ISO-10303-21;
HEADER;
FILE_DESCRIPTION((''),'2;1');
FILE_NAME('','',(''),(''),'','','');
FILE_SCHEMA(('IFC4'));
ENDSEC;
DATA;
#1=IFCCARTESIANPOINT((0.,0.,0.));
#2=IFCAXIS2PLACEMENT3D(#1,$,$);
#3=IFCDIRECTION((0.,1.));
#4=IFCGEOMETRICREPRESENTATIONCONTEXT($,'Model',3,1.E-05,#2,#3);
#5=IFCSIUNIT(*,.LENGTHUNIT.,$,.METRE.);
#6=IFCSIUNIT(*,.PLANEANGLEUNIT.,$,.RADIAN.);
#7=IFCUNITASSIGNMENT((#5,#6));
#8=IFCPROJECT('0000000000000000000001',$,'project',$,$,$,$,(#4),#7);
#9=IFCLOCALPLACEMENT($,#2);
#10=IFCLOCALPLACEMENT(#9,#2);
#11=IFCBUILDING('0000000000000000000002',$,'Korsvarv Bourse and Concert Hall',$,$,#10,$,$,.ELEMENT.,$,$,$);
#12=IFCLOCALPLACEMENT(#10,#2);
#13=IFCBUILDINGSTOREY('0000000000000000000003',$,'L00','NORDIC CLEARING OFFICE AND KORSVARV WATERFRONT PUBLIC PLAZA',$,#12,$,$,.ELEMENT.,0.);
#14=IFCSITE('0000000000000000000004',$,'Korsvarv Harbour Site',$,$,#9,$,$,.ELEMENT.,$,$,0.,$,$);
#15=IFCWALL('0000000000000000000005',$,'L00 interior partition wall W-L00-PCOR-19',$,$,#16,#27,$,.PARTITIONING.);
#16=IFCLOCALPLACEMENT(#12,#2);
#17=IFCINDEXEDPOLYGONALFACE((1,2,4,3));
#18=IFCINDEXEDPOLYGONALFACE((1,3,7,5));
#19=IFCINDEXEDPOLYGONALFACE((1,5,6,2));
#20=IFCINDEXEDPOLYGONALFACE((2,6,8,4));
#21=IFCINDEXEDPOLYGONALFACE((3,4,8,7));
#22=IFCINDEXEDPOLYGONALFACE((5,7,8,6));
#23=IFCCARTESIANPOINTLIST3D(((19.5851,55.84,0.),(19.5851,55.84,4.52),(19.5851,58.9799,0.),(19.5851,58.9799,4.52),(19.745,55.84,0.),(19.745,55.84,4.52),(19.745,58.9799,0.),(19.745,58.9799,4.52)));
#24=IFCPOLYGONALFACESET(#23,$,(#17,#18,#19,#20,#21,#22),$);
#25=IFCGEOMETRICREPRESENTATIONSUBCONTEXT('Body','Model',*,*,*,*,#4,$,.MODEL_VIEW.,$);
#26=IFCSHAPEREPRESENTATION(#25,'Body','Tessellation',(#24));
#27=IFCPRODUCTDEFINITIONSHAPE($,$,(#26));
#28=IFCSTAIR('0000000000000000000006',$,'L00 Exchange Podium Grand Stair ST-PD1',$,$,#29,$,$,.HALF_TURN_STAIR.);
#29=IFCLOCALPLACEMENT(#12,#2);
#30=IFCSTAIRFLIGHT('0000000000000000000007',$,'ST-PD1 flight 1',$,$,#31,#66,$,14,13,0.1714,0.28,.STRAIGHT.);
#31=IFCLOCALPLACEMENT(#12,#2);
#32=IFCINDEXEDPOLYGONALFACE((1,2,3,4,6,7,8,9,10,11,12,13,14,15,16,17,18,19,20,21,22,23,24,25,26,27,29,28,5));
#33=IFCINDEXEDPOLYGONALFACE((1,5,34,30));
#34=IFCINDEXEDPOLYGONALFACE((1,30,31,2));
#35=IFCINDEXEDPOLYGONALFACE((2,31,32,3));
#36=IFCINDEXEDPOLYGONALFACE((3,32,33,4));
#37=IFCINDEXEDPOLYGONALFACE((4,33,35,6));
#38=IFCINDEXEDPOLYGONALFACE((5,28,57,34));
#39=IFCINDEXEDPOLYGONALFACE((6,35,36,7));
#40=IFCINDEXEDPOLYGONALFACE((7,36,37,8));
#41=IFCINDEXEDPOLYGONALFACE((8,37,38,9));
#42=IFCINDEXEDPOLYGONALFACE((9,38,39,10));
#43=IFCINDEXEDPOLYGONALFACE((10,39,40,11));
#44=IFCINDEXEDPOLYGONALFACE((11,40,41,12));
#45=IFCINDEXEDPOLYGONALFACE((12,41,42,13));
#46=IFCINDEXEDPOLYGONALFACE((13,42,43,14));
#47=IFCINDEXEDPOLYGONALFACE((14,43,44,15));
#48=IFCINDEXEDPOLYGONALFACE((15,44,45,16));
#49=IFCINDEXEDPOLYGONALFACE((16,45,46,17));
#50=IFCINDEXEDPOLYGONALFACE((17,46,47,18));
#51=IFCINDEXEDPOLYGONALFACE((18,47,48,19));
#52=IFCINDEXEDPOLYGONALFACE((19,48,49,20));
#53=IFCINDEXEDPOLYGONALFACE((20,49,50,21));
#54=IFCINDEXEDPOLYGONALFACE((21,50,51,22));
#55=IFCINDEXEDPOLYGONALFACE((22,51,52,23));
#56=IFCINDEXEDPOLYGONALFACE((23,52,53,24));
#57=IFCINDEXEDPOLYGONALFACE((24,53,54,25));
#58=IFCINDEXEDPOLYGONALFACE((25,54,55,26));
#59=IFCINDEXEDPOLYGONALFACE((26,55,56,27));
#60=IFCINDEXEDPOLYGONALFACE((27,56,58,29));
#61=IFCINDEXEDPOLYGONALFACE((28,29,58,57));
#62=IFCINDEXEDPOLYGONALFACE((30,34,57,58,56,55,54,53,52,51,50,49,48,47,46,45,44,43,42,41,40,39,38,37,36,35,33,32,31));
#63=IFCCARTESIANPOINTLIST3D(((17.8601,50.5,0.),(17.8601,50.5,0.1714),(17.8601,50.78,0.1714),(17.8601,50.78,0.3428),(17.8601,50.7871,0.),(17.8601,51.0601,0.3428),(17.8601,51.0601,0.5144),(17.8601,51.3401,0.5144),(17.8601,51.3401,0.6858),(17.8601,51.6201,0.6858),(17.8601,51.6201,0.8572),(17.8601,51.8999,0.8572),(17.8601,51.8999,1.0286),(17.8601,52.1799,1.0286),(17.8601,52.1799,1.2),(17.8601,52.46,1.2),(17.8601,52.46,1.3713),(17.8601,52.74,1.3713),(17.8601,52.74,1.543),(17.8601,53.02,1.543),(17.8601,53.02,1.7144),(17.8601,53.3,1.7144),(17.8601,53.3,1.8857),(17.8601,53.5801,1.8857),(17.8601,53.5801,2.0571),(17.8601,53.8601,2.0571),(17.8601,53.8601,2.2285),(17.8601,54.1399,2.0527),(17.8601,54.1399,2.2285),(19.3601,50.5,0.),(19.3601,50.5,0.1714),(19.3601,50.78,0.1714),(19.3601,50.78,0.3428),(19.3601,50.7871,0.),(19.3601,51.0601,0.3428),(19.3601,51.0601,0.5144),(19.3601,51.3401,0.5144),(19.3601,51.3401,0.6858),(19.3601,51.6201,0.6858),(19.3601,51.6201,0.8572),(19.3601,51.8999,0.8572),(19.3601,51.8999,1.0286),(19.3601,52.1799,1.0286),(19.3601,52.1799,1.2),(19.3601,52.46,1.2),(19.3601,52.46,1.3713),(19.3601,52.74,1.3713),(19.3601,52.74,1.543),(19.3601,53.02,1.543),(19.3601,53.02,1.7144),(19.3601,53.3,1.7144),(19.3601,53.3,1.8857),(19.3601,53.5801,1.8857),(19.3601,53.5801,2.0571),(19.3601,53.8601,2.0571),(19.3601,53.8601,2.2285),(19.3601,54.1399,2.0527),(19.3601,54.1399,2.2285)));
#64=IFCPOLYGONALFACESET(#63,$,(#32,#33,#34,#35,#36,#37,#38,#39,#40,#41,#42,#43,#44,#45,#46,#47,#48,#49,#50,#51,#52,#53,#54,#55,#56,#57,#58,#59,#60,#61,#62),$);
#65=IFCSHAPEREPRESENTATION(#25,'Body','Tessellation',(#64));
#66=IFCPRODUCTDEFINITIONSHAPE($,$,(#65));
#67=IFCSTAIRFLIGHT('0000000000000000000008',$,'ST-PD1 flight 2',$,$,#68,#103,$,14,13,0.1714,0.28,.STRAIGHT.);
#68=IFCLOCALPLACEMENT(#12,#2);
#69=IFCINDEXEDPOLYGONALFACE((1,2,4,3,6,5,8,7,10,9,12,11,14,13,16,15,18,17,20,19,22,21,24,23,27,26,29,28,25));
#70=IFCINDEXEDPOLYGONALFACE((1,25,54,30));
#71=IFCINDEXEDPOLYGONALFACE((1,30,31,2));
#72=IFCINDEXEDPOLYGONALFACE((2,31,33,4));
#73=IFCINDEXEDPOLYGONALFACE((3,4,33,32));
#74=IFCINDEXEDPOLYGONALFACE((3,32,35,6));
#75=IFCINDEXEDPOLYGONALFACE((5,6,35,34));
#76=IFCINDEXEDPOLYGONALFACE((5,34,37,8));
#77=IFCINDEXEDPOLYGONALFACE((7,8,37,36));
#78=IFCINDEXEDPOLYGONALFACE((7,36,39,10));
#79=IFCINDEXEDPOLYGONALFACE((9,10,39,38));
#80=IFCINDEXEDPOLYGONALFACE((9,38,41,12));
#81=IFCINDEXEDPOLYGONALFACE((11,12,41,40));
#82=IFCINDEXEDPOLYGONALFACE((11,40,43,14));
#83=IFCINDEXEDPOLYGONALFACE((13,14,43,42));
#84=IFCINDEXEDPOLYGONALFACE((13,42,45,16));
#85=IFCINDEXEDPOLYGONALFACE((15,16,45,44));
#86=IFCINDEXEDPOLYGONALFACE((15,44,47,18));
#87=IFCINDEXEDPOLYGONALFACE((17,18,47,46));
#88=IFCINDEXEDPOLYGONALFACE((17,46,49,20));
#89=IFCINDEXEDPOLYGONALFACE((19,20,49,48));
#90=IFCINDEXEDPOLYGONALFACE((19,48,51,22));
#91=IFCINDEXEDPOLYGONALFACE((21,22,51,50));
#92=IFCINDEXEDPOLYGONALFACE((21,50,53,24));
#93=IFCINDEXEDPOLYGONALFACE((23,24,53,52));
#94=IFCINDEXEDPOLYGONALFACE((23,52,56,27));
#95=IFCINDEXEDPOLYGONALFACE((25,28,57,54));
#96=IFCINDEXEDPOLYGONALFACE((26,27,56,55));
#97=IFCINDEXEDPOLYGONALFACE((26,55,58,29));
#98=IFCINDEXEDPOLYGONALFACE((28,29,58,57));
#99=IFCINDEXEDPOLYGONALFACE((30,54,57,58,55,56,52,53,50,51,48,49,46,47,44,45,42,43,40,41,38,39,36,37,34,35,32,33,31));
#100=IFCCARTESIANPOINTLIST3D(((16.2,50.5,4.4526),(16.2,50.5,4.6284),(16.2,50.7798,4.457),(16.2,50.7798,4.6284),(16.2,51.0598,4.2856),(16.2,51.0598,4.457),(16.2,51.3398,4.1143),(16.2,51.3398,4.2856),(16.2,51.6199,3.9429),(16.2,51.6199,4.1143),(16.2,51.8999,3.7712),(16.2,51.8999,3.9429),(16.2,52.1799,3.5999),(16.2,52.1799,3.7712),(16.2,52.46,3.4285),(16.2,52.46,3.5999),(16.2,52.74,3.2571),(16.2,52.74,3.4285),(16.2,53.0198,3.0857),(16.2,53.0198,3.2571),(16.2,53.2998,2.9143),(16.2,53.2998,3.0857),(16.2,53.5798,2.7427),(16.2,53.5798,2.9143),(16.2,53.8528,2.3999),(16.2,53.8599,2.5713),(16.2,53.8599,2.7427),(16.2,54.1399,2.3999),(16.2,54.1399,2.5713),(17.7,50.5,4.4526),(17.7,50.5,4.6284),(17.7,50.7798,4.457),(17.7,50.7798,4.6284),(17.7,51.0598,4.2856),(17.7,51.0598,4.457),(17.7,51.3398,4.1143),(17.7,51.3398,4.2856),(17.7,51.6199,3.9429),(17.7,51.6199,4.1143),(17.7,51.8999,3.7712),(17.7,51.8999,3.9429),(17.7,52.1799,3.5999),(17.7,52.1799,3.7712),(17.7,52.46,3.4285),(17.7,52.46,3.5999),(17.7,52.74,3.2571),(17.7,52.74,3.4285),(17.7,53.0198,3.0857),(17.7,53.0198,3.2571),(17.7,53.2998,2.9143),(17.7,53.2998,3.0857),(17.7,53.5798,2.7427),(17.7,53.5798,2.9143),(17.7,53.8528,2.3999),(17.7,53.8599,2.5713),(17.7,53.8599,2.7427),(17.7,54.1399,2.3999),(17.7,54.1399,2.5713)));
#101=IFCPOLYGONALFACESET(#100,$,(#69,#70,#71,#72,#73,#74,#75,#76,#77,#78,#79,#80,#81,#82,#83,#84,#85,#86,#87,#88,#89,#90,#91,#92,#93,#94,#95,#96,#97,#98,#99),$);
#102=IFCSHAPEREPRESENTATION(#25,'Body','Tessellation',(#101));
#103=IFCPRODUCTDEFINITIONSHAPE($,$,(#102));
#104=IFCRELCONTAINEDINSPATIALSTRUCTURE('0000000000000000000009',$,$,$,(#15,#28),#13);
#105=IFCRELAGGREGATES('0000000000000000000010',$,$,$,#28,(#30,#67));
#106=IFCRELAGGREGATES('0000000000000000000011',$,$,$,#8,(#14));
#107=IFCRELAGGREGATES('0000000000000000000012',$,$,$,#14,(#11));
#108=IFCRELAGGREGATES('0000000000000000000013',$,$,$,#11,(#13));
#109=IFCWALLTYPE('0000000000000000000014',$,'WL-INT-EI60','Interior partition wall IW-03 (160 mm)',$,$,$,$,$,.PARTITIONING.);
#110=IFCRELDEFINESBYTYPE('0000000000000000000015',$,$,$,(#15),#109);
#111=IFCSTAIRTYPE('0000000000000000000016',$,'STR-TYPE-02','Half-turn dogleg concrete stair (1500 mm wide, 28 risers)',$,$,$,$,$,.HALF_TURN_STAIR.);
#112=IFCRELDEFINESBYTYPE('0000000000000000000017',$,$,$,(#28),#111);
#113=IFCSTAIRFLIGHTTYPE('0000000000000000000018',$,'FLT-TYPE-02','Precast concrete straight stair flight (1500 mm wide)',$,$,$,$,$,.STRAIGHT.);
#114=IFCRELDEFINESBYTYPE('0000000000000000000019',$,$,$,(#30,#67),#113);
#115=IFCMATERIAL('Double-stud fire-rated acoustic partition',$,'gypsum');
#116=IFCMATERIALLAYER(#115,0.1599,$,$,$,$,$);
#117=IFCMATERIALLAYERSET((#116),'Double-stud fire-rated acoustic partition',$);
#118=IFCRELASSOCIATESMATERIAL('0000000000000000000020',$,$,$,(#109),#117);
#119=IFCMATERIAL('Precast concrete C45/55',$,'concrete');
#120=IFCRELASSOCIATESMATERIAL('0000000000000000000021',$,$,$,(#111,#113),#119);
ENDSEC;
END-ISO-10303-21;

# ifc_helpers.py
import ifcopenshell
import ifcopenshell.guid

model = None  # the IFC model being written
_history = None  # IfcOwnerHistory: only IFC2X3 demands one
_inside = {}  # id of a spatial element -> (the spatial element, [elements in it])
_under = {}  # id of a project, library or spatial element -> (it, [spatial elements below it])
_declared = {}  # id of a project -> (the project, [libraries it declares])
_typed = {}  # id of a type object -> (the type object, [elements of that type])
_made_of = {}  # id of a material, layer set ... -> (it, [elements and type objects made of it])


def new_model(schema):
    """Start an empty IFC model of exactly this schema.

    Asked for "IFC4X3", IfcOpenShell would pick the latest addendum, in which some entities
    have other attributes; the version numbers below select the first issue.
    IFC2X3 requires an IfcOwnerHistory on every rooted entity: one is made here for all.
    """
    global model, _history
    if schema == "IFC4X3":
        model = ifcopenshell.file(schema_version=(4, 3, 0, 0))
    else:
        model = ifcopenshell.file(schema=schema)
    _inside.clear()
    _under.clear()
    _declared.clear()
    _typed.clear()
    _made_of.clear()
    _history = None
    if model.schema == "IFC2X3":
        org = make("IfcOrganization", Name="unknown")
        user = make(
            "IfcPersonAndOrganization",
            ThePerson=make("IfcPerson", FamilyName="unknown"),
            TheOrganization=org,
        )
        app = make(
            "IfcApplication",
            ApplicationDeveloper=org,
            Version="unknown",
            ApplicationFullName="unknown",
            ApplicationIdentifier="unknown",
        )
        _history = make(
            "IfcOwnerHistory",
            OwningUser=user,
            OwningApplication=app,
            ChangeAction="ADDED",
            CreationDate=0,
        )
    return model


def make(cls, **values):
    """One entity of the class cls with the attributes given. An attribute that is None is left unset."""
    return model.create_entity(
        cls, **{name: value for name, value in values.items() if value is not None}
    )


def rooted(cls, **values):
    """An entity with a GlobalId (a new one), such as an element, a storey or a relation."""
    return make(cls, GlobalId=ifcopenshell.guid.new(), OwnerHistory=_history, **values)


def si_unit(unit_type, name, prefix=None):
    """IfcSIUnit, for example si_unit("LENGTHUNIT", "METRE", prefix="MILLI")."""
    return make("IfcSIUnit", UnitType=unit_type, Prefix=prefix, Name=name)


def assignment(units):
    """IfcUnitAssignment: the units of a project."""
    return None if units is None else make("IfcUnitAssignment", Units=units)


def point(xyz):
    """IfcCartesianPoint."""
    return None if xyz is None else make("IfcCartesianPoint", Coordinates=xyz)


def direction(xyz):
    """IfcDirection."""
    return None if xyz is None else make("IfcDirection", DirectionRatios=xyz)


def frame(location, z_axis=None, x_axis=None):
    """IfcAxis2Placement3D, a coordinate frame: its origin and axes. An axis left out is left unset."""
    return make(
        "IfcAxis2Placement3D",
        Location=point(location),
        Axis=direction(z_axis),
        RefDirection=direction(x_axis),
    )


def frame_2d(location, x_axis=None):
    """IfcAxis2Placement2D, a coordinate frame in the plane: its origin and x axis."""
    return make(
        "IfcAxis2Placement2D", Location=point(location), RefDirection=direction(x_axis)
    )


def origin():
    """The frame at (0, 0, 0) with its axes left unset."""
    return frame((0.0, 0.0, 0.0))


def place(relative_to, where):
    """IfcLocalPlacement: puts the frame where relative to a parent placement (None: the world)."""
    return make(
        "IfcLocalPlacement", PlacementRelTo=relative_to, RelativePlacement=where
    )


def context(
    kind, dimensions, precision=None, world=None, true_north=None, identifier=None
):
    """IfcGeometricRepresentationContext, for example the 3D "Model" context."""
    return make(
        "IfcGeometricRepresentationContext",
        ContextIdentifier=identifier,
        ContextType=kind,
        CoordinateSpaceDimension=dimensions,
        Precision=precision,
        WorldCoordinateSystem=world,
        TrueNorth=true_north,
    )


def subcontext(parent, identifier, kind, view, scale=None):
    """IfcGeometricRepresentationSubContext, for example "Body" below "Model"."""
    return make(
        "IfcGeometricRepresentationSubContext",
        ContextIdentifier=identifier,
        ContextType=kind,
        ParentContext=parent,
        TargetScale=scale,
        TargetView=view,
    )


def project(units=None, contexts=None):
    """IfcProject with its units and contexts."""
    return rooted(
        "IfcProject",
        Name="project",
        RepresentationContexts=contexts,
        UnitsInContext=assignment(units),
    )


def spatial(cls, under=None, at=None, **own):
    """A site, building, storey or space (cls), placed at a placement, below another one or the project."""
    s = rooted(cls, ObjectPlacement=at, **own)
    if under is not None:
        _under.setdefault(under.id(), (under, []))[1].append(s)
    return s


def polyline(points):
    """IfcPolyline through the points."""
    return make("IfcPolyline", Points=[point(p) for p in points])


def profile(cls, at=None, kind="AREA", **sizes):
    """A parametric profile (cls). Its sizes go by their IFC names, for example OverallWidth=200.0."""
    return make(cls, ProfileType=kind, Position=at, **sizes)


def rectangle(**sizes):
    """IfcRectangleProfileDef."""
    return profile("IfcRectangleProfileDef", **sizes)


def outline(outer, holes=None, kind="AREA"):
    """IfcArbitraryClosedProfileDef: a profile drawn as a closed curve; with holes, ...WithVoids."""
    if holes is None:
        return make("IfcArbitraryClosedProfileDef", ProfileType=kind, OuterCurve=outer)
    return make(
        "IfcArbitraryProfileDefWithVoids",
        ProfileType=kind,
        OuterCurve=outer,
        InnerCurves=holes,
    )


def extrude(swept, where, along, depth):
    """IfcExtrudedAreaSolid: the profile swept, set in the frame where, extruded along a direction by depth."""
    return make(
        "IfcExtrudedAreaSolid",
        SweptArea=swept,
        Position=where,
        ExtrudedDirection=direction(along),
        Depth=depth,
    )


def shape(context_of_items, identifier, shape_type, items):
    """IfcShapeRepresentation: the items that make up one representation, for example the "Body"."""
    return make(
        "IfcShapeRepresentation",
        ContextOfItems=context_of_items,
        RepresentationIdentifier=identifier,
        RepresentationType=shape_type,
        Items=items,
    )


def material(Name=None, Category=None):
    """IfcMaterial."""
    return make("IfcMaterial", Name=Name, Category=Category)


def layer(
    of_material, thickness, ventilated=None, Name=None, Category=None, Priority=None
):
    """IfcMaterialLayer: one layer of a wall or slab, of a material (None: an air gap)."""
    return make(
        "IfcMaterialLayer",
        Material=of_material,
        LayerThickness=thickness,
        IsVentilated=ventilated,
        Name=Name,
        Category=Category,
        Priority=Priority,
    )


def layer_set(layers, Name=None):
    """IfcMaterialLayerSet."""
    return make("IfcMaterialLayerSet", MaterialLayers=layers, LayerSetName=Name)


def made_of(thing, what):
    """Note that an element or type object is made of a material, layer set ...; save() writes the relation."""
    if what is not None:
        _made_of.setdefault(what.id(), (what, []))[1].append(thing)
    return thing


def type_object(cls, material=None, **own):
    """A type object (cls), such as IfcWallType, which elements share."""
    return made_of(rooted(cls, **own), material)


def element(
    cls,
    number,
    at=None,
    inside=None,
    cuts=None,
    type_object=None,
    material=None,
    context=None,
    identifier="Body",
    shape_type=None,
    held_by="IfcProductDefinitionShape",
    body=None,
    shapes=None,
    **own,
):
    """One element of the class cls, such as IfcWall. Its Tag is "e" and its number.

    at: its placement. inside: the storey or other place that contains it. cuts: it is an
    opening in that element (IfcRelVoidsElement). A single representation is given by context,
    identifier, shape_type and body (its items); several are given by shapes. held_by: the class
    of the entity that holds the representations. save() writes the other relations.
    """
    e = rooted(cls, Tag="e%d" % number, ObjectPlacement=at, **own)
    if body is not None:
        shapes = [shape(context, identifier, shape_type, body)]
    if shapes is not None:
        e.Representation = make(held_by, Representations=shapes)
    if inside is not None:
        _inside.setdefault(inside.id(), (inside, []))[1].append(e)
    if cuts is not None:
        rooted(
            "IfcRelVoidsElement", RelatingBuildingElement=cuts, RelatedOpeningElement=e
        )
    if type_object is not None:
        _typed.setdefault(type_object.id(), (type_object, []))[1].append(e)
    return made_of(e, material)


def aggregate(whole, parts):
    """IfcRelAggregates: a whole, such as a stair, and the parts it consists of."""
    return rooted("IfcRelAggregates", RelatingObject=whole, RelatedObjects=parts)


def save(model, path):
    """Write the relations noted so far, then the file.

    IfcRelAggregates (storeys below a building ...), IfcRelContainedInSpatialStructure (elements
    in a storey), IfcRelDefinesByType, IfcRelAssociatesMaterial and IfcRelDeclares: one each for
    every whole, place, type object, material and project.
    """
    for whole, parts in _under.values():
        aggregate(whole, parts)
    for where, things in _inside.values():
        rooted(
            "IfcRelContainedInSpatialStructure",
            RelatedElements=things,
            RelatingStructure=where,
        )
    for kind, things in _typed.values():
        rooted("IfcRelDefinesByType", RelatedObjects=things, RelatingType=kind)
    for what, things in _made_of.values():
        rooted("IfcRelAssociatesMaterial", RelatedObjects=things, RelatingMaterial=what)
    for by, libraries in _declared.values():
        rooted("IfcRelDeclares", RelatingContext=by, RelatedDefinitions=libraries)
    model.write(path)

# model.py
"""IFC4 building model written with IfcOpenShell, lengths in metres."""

from ifc_helpers import new_model, si_unit, direction, frame, frame_2d, origin, place, context, subcontext, project, spatial, polyline, rectangle, outline, extrude, material, layer, layer_set, type_object, element, aggregate, save


model = new_model("IFC4")

# Units and contexts
model_context = context("Model", 3, precision=1e-05, world=origin(), true_north=direction((0.0, 1.0)))
body_context = subcontext(model_context, "Body", "Model", "MODEL_VIEW")
ifc_project = project(units=[si_unit("LENGTHUNIT", "METRE"), si_unit("PLANEANGLEUNIT", "RADIAN")], contexts=[model_context])

# Site, building, storey
site_placement = place(None, origin())
site = spatial("IfcSite", under=ifc_project, at=site_placement, Name="Korsvarv Harbour Site", CompositionType="ELEMENT", RefElevation=0.0)
building_placement = place(site_placement, origin())
building = spatial("IfcBuilding", under=site, at=building_placement, Name="Korsvarv Bourse and Concert Hall", CompositionType="ELEMENT")
storey_placement = place(building_placement, origin())
storey = spatial("IfcBuildingStorey", under=building, at=storey_placement, Name="L00", Description="NORDIC CLEARING OFFICE AND KORSVARV WATERFRONT PUBLIC PLAZA", CompositionType="ELEMENT", Elevation=0.0)

# Wall
ifc_material_1 = material(Name="Double-stud fire-rated acoustic partition", Category="gypsum")
ifc_layer_1 = layer(ifc_material_1, 0.1599)
ifc_layer_set_1 = layer_set([ifc_layer_1], Name="Double-stud fire-rated acoustic partition")
wall_type_1 = type_object("IfcWallType", Name="WL-INT-EI60", Description="Interior partition wall IW-03 (160 mm)", PredefinedType="PARTITIONING", material=ifc_layer_set_1)
wall_1_placement = place(storey_placement, frame((19.665, 55.8401, 0.0), z_axis=(0.0, 0.0, 1.0), x_axis=(0.0, 1.0, 0.0)))
element("IfcWall", 1, at=wall_1_placement, inside=storey, type_object=wall_type_1, Name="L00 interior partition wall W-L00-PCOR-19", PredefinedType="PARTITIONING", context=body_context, shape_type="SweptSolid", body=[
    extrude(rectangle(XDim=3.1399, YDim=0.1599, at=frame_2d((1.5698, 0.0))), origin(), (0.0, 0.0, 1.0), 4.52),
])

# Stair, stair flights
ifc_material_2 = material(Name="Precast concrete C45/55", Category="concrete")
stair_type = type_object("IfcStairType", Name="STR-TYPE-02", Description="Half-turn dogleg concrete stair (1500 mm wide, 28 risers)", PredefinedType="HALF_TURN_STAIR", material=ifc_material_2)
stair_placement = place(storey_placement, origin())
stair = element("IfcStair", 2, at=stair_placement, inside=storey, type_object=stair_type, Name="L00 Exchange Podium Grand Stair ST-PD1", PredefinedType="HALF_TURN_STAIR")
stair_flight_type = type_object("IfcStairFlightType", Name="FLT-TYPE-02", Description="Precast concrete straight stair flight (1500 mm wide)", PredefinedType="STRAIGHT", material=ifc_material_2)
stair_flight_1_placement = place(storey_placement, frame((18.6101, 50.5, 0.0), z_axis=(0.0, 0.0, 1.0), x_axis=(0.0, 1.0, 0.0)))
stair_flight_1 = element("IfcStairFlight", 3, at=stair_flight_1_placement, type_object=stair_flight_type, Name="ST-PD1 flight 1", NumberOfRisers=14, NumberOfTreads=13, PredefinedType="STRAIGHT", RiserHeight=0.1714, TreadLength=0.28, context=body_context, shape_type="SweptSolid", body=[
    extrude(outline(polyline([(0.0, 0.0), (0.0, 0.1714), (0.28, 0.1714), (0.28, 0.3428), (0.5601, 0.3428), (0.5601, 0.5144), (0.8401, 0.5144), (0.8401, 0.6858), (1.1201, 0.6858), (1.1201, 0.8572), (1.3999, 0.8572), (1.3999, 1.0286), (1.6799, 1.0286), (1.6799, 1.2), (1.96, 1.2), (1.96, 1.3713), (2.24, 1.3713), (2.24, 1.543), (2.52, 1.543), (2.52, 1.7144), (2.8, 1.7144), (2.8, 1.8857), (3.0801, 1.8857), (3.0801, 2.0571), (3.3601, 2.0571), (3.3601, 2.2285), (3.6399, 2.2285), (3.6399, 2.3999), (3.6399, 2.0527), (0.2871, 0.0), (0.0, 0.0)])), frame((0.0, 0.75, 0.0), z_axis=(0.0, -1.0, 0.0), x_axis=(1.0, 0.0, 0.0)), (0.0, 0.0, 1.0), 1.5),
])
stair_flight_2_placement = place(storey_placement, frame((16.95, 54.1399, 2.3999), z_axis=(0.0, 0.0, 1.0), x_axis=(0.0, -1.0, 0.0)))
stair_flight_2 = element("IfcStairFlight", 4, at=stair_flight_2_placement, type_object=stair_flight_type, Name="ST-PD1 flight 2", NumberOfRisers=14, NumberOfTreads=13, PredefinedType="STRAIGHT", RiserHeight=0.1714, TreadLength=0.28, context=body_context, shape_type="SweptSolid", body=[
    extrude(outline(polyline([(0.0, 0.0), (0.0, 0.1714), (0.28, 0.1714), (0.28, 0.3428), (0.5601, 0.3428), (0.5601, 0.5144), (0.8401, 0.5144), (0.8401, 0.6858), (1.1201, 0.6858), (1.1201, 0.8572), (1.3999, 0.8572), (1.3999, 1.0286), (1.6799, 1.0286), (1.6799, 1.2), (1.96, 1.2), (1.96, 1.3713), (2.24, 1.3713), (2.24, 1.543), (2.52, 1.543), (2.52, 1.7144), (2.8, 1.7144), (2.8, 1.8857), (3.0801, 1.8857), (3.0801, 2.0571), (3.3601, 2.0571), (3.3601, 2.2285), (3.6399, 2.2285), (3.6399, 2.3999), (3.6399, 2.0527), (0.2871, 0.0), (0.0, 0.0)])), frame((0.0, 0.75, 0.0), z_axis=(0.0, -1.0, 0.0), x_axis=(1.0, 0.0, 0.0)), (0.0, 0.0, 1.0), 1.5),
])
aggregate(stair, [stair_flight_1, stair_flight_2])

save(model, "model.ifc")
